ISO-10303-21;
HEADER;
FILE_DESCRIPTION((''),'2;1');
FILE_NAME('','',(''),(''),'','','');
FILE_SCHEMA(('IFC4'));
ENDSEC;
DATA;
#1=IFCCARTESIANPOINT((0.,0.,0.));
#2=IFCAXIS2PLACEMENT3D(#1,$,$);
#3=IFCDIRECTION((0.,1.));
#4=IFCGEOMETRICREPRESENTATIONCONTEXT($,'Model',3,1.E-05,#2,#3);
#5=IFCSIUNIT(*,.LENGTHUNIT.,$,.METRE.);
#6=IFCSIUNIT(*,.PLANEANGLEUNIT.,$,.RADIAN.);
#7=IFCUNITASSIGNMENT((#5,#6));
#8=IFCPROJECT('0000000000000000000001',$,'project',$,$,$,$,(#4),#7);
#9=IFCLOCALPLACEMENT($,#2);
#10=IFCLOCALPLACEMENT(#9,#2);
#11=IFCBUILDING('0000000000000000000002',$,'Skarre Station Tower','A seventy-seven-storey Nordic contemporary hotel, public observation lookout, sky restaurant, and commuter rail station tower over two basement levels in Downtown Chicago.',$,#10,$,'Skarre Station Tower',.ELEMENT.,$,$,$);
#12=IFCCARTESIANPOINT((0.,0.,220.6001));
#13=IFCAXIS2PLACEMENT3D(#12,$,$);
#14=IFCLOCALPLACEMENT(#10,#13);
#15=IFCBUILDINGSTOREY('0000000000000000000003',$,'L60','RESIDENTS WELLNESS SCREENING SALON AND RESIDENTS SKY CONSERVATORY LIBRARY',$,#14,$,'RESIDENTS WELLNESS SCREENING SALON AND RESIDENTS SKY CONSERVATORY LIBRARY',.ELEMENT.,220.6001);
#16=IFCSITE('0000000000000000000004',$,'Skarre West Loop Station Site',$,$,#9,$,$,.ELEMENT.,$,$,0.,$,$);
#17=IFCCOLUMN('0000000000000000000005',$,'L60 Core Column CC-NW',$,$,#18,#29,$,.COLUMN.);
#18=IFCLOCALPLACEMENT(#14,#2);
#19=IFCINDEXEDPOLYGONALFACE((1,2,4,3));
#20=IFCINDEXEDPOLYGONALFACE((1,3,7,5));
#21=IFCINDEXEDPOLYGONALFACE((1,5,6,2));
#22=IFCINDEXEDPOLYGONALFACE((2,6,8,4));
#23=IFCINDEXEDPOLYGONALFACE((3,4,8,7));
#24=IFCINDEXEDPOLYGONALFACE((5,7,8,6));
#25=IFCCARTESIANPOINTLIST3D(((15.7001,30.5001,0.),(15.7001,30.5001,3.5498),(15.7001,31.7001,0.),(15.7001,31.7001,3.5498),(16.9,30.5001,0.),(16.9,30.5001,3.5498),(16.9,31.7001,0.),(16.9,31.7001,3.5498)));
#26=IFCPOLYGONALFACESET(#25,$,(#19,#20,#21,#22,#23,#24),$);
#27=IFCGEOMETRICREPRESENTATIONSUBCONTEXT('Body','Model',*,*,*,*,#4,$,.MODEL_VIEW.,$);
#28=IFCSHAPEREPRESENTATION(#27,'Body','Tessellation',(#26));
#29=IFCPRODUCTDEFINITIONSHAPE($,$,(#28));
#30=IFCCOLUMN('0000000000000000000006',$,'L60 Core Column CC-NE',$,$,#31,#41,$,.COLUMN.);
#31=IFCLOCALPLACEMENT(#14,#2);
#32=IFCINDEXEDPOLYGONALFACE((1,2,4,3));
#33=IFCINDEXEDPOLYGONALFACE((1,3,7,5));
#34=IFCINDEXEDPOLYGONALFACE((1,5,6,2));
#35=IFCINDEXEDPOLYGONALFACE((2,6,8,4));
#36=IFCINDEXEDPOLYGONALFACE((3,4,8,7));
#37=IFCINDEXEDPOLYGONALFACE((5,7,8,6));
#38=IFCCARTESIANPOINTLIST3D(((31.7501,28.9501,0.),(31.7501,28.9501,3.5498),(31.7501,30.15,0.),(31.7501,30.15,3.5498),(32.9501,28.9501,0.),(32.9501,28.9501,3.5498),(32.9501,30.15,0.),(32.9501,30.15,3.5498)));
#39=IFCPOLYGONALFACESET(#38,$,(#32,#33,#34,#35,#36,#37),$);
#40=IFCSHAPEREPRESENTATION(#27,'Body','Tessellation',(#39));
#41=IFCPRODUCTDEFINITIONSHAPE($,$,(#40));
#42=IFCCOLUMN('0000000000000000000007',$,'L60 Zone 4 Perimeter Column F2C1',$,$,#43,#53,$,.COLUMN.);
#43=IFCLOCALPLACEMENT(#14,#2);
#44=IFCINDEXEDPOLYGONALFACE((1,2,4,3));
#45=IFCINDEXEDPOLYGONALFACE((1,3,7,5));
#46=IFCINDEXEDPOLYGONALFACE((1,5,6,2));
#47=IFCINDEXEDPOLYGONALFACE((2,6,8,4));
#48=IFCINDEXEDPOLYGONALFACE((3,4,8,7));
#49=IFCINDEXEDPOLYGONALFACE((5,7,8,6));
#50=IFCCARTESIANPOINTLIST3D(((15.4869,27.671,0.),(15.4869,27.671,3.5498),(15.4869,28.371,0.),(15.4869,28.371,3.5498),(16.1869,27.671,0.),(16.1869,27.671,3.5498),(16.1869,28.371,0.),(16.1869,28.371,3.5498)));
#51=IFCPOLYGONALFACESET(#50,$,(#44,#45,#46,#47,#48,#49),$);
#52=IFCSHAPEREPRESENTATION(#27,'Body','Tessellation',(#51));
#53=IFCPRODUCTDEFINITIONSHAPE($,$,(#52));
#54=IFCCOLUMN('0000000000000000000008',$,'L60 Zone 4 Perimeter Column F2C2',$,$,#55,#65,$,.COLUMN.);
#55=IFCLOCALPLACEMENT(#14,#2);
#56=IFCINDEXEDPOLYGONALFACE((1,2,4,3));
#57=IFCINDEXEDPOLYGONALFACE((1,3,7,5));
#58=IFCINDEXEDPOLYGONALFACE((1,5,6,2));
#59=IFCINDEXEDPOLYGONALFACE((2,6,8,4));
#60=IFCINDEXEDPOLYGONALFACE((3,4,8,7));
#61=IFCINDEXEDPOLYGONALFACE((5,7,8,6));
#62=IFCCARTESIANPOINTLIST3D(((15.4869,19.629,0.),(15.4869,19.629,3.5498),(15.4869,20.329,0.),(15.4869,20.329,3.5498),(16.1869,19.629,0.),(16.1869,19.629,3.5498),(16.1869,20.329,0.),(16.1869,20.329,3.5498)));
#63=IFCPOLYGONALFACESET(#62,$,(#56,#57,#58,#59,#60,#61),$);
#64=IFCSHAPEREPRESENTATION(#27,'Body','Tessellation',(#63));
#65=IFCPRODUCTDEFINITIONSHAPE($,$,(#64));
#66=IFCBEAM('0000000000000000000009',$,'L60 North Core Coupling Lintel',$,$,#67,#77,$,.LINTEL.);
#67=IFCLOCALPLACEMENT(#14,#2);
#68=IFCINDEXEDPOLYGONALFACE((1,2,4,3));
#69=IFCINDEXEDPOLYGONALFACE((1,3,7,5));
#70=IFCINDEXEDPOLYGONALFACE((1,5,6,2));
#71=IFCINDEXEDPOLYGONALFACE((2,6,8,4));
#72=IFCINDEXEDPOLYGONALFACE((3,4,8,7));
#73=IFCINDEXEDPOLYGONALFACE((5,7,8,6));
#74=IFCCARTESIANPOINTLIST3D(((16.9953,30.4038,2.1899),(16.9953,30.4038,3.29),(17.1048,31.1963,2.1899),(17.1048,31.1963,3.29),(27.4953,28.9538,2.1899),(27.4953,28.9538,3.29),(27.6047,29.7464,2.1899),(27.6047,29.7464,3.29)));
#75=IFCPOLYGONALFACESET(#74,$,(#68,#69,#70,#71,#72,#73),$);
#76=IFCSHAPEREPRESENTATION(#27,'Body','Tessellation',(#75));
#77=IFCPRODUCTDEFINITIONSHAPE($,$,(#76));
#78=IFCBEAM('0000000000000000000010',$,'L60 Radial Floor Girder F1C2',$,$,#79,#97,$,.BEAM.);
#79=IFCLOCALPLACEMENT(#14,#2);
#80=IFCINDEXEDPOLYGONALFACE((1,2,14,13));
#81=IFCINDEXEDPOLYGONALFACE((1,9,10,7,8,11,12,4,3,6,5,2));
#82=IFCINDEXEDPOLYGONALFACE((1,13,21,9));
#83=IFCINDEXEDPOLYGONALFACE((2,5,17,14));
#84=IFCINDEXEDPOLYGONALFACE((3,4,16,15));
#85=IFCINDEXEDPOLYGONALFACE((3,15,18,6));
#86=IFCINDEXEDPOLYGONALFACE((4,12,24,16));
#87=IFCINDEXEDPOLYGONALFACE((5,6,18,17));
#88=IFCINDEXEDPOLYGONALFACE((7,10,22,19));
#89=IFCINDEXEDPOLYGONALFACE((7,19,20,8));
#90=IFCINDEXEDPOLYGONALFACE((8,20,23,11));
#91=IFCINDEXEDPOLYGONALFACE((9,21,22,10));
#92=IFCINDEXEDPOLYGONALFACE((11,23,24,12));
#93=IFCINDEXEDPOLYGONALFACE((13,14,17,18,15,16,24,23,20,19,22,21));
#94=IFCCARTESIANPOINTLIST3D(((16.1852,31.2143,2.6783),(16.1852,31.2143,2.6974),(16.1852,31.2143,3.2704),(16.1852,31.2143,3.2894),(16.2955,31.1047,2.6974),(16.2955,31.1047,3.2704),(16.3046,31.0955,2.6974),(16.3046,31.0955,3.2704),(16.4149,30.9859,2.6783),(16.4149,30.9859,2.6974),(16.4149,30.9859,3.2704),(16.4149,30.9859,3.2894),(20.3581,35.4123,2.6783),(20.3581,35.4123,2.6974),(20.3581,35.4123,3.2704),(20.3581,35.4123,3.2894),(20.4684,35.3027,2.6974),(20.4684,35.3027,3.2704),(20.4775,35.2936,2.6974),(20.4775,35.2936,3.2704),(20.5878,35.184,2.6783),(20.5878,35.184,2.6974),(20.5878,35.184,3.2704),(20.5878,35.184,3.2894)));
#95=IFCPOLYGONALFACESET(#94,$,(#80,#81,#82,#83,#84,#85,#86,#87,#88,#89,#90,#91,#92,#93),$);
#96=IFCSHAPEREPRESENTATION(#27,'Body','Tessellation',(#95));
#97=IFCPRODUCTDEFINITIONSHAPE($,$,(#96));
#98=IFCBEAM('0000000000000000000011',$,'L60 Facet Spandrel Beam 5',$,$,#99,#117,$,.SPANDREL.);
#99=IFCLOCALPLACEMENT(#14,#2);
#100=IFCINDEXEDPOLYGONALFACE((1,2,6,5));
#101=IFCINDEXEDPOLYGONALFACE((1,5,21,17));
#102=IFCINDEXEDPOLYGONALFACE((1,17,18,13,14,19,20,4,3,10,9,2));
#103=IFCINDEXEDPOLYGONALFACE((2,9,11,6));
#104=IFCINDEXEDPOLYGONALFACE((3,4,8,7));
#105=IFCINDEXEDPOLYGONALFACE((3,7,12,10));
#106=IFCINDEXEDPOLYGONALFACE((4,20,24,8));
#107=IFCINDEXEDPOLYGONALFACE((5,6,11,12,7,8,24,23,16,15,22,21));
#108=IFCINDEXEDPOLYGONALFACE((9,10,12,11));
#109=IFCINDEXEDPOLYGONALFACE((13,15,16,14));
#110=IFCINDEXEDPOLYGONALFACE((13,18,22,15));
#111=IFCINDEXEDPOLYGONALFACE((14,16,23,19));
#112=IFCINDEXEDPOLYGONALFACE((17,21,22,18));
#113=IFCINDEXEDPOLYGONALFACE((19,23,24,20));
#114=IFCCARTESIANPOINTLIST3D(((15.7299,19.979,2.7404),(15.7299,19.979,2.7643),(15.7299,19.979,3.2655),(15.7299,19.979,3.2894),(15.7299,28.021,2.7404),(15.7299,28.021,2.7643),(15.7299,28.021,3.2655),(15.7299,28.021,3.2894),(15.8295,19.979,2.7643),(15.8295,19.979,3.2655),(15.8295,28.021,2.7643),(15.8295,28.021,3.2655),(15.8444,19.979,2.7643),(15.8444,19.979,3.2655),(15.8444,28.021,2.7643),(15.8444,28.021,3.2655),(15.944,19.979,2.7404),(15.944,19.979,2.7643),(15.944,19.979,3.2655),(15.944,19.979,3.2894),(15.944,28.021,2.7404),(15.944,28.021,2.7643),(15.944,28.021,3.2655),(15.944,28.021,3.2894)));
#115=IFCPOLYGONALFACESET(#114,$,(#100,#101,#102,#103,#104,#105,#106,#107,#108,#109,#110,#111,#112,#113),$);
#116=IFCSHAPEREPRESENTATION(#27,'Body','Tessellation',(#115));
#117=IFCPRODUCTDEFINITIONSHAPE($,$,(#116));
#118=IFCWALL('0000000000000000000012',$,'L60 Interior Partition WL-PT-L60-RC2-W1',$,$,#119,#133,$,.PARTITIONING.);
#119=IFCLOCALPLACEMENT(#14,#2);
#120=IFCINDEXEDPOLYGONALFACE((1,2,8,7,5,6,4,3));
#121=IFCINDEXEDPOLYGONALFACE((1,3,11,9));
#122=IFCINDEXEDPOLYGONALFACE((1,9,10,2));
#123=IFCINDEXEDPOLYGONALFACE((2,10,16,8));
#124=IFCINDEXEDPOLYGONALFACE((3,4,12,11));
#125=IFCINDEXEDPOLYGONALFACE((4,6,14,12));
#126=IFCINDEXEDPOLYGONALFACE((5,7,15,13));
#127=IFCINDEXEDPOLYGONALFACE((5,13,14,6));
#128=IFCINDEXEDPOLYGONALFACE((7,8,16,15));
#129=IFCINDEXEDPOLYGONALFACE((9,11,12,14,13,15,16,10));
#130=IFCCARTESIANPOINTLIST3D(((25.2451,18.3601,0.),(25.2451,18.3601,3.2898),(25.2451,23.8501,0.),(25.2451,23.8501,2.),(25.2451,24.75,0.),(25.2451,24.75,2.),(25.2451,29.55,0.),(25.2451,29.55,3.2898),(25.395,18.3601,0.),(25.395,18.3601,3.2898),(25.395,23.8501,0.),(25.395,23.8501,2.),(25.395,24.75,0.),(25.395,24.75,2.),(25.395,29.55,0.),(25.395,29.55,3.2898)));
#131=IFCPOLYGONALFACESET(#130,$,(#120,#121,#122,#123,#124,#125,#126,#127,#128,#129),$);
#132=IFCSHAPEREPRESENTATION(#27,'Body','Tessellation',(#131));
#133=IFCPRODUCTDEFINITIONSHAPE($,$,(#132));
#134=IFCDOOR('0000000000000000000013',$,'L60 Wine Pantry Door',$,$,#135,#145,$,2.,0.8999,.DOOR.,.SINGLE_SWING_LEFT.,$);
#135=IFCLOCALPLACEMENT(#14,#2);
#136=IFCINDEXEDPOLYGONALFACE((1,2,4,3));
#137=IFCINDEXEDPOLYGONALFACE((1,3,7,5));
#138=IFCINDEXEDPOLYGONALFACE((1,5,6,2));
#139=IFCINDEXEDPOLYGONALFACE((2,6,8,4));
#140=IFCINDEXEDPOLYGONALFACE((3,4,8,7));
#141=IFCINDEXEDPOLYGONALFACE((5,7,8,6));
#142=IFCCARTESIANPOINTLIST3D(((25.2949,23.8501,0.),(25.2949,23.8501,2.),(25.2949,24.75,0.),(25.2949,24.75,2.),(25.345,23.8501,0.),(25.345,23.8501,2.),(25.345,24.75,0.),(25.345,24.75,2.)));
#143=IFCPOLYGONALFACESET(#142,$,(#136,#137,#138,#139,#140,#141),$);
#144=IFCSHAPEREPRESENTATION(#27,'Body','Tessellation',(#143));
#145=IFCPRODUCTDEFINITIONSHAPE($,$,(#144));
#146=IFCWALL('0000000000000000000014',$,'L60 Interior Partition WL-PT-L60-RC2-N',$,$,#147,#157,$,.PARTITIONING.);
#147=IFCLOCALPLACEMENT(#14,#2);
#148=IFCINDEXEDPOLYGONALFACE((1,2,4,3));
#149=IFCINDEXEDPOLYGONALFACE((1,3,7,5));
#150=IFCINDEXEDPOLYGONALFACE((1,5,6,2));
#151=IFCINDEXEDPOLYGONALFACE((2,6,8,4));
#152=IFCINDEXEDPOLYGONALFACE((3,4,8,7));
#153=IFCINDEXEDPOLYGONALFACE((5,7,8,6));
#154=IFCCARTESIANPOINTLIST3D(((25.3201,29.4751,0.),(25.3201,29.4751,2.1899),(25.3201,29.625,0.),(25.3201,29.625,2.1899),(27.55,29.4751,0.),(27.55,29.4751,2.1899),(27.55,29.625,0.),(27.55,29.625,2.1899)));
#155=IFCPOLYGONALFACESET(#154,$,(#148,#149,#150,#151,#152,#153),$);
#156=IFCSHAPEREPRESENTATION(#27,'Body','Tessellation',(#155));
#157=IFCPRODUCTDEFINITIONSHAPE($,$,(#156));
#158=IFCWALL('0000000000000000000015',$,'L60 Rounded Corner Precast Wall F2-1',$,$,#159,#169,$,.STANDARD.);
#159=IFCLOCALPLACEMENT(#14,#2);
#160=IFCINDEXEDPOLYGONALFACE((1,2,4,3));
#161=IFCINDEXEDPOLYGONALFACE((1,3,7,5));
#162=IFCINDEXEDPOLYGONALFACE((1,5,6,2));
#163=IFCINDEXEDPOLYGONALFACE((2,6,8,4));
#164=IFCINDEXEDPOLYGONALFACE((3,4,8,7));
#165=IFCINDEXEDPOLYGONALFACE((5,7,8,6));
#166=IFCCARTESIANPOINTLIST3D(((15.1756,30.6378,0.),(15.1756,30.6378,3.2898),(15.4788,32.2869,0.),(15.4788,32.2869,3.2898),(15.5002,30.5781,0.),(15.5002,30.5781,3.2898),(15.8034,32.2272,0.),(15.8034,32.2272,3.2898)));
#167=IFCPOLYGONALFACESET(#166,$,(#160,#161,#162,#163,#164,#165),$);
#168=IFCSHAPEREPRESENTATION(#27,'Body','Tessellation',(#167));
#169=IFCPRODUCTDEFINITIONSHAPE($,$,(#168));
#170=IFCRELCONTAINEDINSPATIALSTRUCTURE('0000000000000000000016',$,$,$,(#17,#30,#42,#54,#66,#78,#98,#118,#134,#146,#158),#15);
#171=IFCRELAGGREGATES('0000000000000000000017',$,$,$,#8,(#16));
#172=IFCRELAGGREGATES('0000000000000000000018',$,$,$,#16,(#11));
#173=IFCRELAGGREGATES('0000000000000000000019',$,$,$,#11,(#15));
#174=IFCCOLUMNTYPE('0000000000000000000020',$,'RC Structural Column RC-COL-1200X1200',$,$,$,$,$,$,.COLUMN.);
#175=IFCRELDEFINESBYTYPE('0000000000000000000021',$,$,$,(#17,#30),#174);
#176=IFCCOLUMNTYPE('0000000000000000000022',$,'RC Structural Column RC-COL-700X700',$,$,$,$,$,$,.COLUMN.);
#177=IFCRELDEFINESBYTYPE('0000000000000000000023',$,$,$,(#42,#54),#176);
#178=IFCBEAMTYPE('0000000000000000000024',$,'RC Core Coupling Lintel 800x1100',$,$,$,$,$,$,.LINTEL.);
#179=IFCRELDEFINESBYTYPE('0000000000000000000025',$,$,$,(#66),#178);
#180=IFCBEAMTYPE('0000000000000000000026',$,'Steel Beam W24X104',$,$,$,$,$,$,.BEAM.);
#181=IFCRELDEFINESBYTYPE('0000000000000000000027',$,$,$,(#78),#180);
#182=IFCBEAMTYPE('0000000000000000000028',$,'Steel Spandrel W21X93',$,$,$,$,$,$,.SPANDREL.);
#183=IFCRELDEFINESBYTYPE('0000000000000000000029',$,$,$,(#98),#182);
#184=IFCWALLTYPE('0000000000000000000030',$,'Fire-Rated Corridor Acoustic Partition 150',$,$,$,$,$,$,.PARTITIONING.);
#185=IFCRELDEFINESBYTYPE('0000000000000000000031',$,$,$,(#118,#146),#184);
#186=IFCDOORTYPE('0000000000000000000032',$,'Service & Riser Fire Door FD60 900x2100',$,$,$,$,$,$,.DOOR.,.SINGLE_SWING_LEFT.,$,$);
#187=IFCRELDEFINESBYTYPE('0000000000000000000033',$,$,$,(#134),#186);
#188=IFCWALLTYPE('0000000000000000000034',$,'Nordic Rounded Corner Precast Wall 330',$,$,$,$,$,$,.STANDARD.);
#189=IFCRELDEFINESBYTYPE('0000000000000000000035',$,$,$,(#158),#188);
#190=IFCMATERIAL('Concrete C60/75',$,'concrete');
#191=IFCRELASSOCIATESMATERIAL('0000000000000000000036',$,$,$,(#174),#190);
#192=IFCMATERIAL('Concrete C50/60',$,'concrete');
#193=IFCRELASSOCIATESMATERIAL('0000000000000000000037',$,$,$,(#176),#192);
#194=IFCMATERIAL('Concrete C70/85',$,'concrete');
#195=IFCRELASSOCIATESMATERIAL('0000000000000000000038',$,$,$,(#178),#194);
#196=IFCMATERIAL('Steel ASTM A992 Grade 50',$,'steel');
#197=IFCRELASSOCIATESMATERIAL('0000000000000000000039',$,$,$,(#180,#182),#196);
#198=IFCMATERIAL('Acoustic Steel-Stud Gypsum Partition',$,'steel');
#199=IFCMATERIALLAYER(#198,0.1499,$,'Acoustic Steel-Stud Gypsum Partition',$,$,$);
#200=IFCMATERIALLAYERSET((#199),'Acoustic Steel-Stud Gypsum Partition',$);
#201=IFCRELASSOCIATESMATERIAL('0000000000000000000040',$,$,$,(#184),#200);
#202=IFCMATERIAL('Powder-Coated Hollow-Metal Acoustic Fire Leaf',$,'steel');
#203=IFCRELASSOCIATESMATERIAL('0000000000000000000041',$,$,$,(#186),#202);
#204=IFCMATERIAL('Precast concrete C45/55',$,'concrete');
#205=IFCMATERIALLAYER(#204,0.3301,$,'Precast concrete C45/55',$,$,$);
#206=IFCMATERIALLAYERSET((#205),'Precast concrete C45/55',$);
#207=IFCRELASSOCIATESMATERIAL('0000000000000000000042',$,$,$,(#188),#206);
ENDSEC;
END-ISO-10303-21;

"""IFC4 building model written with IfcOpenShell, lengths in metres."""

from ifc_helpers import new_model, si_unit, direction, frame, frame_2d, origin, origin_2d, place, context, subcontext, project, spatial, rectangle, i_section, extrude, material, layer, layer_set, material_profile, profile_set, type_object, element, fill, save


model = new_model("IFC4")

# Units and contexts
model_context = context("Model", 3, precision=1e-05, world=origin(), true_north=direction((0.0, 1.0)))
body_context = subcontext(model_context, "Body", "Model", "MODEL_VIEW")
ifc_project = project(units=[si_unit("LENGTHUNIT", "METRE"), si_unit("PLANEANGLEUNIT", "RADIAN")], contexts=[model_context])

# Site, building, storey
site_placement = place(None, origin())
site = spatial("IfcSite", under=ifc_project, at=site_placement, Name="Skarre West Loop Station Site", CompositionType="ELEMENT", RefElevation=0.0)
building_placement = place(site_placement, origin())
building = spatial("IfcBuilding", under=site, at=building_placement, Name="Skarre Station Tower", Description="A seventy-seven-storey Nordic contemporary hotel, public observation lookout, sky restaurant, and commuter rail station tower over two basement levels in Downtown Chicago.", LongName="Skarre Station Tower", CompositionType="ELEMENT")
storey_placement = place(building_placement, frame((0.0, 0.0, 220.6001)))
storey = spatial("IfcBuildingStorey", under=building, at=storey_placement, Name="L60", Description="RESIDENTS WELLNESS SCREENING SALON AND RESIDENTS SKY CONSERVATORY LIBRARY", LongName="RESIDENTS WELLNESS SCREENING SALON AND RESIDENTS SKY CONSERVATORY LIBRARY", CompositionType="ELEMENT", Elevation=220.6001)

# Columns
ifc_material_1 = material(Name="Concrete C60/75", Category="concrete")
ifc_material_profile_1 = material_profile(ifc_material_1, rectangle(XDim=1.2, YDim=1.2, at=origin_2d()), Name="Concrete C60/75")
ifc_profile_set_1 = profile_set([ifc_material_profile_1], Name="Concrete C60/75")
column_type_1 = type_object("IfcColumnType", Name="RC Structural Column RC-COL-1200X1200", PredefinedType="COLUMN", material=ifc_profile_set_1)
for number, where, z_axis, x_axis, name in (
    (1, (16.3, 31.1001, 0.0), (0.0, 0.0, 1.0), (1.0, 0.0, 0.0), "L60 Core Column CC-NW"),
    (2, (32.3501, 29.55, 0.0), (0.0, 0.0, 1.0), (1.0, 0.0, 0.0), "L60 Core Column CC-NE"),
):
    element("IfcColumn", number, at=place(storey_placement, frame(where, z_axis=z_axis, x_axis=x_axis)), inside=storey, type_object=column_type_1, Name=name, PredefinedType="COLUMN", context=body_context, shape_type="SweptSolid", body=[
        extrude(rectangle(XDim=1.2, YDim=1.2, at=origin_2d()), origin(), (0.0, 0.0, 1.0), 3.5498),
    ])
ifc_material_2 = material(Name="Concrete C50/60", Category="concrete")
ifc_material_profile_2 = material_profile(ifc_material_2, rectangle(XDim=0.7, YDim=0.7, at=origin_2d()), Name="Concrete C50/60")
ifc_profile_set_2 = profile_set([ifc_material_profile_2], Name="Concrete C50/60")
column_type_2 = type_object("IfcColumnType", Name="RC Structural Column RC-COL-700X700", PredefinedType="COLUMN", material=ifc_profile_set_2)
for number, where, z_axis, x_axis, name in (
    (3, (15.8369, 28.021, 0.0), (0.0, 0.0, 1.0), (1.0, 0.0, 0.0), "L60 Zone 4 Perimeter Column F2C1"),
    (4, (15.8369, 19.979, 0.0), (0.0, 0.0, 1.0), (1.0, 0.0, 0.0), "L60 Zone 4 Perimeter Column F2C2"),
):
    element("IfcColumn", number, at=place(storey_placement, frame(where, z_axis=z_axis, x_axis=x_axis)), inside=storey, type_object=column_type_2, Name=name, PredefinedType="COLUMN", context=body_context, shape_type="SweptSolid", body=[
        extrude(rectangle(XDim=0.7, YDim=0.7, at=origin_2d()), origin(), (0.0, 0.0, 1.0), 3.5498),
    ])

# Beams
ifc_material_3 = material(Name="Concrete C70/85", Category="concrete")
ifc_material_profile_3 = material_profile(ifc_material_3, rectangle(XDim=0.8, YDim=1.1001, at=origin_2d()), Name="Concrete C70/85")
ifc_profile_set_3 = profile_set([ifc_material_profile_3], Name="Concrete C70/85")
beam_type_1 = type_object("IfcBeamType", Name="RC Core Coupling Lintel 800x1100", PredefinedType="LINTEL", material=ifc_profile_set_3)
beam_1_placement = place(storey_placement, frame((17.05, 30.8, 2.74), z_axis=(0.9906, -0.136792, 0.0), x_axis=(0.136792, 0.9906, 0.0)))
element("IfcBeam", 5, at=beam_1_placement, inside=storey, type_object=beam_type_1, Name="L60 North Core Coupling Lintel", PredefinedType="LINTEL", context=body_context, shape_type="SweptSolid", body=[
    extrude(rectangle(XDim=0.8, YDim=1.1001, at=origin_2d()), origin(), (0.0, 0.0, 1.0), 10.5996),
])
ifc_material_4 = material(Name="Steel ASTM A992 Grade 50", Category="steel")
ifc_material_profile_4 = material_profile(ifc_material_4, i_section(OverallWidth=0.324, OverallDepth=0.6111, WebThickness=0.0129, FlangeThickness=0.019, at=origin_2d()), Name="Steel ASTM A992 Grade 50")
ifc_profile_set_4 = profile_set([ifc_material_profile_4], Name="Steel ASTM A992 Grade 50")
beam_type_2 = type_object("IfcBeamType", Name="Steel Beam W24X104", PredefinedType="BEAM", material=ifc_profile_set_4)
beam_2_placement = place(storey_placement, frame((16.3, 31.1001, 2.9839), z_axis=(0.704979, 0.709228, 0.0), x_axis=(-0.709228, 0.704979, 0.0)))
element("IfcBeam", 6, at=beam_2_placement, inside=storey, type_object=beam_type_2, Name="L60 Radial Floor Girder F1C2", PredefinedType="BEAM", context=body_context, shape_type="SweptSolid", body=[
    extrude(i_section(OverallWidth=0.324, OverallDepth=0.6111, WebThickness=0.0129, FlangeThickness=0.019, at=origin_2d()), origin(), (0.0, 0.0, 1.0), 5.9192),
])
ifc_material_profile_5 = material_profile(ifc_material_4, i_section(OverallWidth=0.2141, OverallDepth=0.5491, WebThickness=0.0149, FlangeThickness=0.0239, at=origin_2d()), Name="Steel ASTM A992 Grade 50")
ifc_profile_set_5 = profile_set([ifc_material_profile_5], Name="Steel ASTM A992 Grade 50")
beam_type_3 = type_object("IfcBeamType", Name="Steel Spandrel W21X93", PredefinedType="SPANDREL", material=ifc_profile_set_5)
beam_3_placement = place(storey_placement, frame((15.8369, 28.021, 3.0149), z_axis=(0.0, -1.0, 0.0), x_axis=(1.0, 0.0, 0.0)))
element("IfcBeam", 7, at=beam_3_placement, inside=storey, type_object=beam_type_3, Name="L60 Facet Spandrel Beam 5", PredefinedType="SPANDREL", context=body_context, shape_type="SweptSolid", body=[
    extrude(i_section(OverallWidth=0.2141, OverallDepth=0.5491, WebThickness=0.0149, FlangeThickness=0.0239, at=origin_2d()), origin(), (0.0, 0.0, 1.0), 8.042),
])

# Wall, opening, door
ifc_material_5 = material(Name="Acoustic Steel-Stud Gypsum Partition", Category="steel")
ifc_layer_1 = layer(ifc_material_5, 0.1499, Name="Acoustic Steel-Stud Gypsum Partition")
ifc_layer_set_1 = layer_set([ifc_layer_1], Name="Acoustic Steel-Stud Gypsum Partition")
wall_type_1 = type_object("IfcWallType", Name="Fire-Rated Corridor Acoustic Partition 150", PredefinedType="PARTITIONING", material=ifc_layer_set_1)
wall_1_placement = place(storey_placement, frame((25.3201, 29.55, 0.0), z_axis=(0.0, 0.0, 1.0), x_axis=(0.0, -1.0, 0.0)))
wall_1 = element("IfcWall", 8, at=wall_1_placement, inside=storey, type_object=wall_type_1, Name="L60 Interior Partition WL-PT-L60-RC2-W1", PredefinedType="PARTITIONING", context=body_context, shape_type="SweptSolid", body=[
    extrude(rectangle(XDim=11.1899, YDim=0.1499, at=frame_2d((5.595, 0.0))), origin(), (0.0, 0.0, 1.0), 3.2898),
])
opening_1_placement = place(wall_1_placement, frame((4.8, 0.0, 0.0)))
opening_1 = element("IfcOpeningElement", 9, at=opening_1_placement, cuts=wall_1, PredefinedType="OPENING", context=body_context, shape_type="SweptSolid", body=[
    extrude(rectangle(XDim=0.8999, YDim=2.0, at=frame_2d((0.45, 1.0))), frame((0.0, 0.085, 0.0), z_axis=(0.0, -1.0, 0.0), x_axis=(1.0, 0.0, 0.0)), (0.0, 0.0, 1.0), 0.1699),
])
ifc_material_6 = material(Name="Powder-Coated Hollow-Metal Acoustic Fire Leaf", Category="steel")
door_type_1 = type_object("IfcDoorType", Name="Service & Riser Fire Door FD60 900x2100", OperationType="SINGLE_SWING_LEFT", PredefinedType="DOOR", material=ifc_material_6)
door_1_placement = place(opening_1_placement, origin())
door_1 = element("IfcDoor", 10, at=door_1_placement, inside=storey, type_object=door_type_1, Name="L60 Wine Pantry Door", OperationType="SINGLE_SWING_LEFT", OverallHeight=2.0, OverallWidth=0.8999, PredefinedType="DOOR", context=body_context, shape_type="SweptSolid", body=[
    extrude(rectangle(XDim=0.8999, YDim=2.0, at=frame_2d((0.45, 1.0))), frame((0.0, 0.0249, 0.0), z_axis=(0.0, -1.0, 0.0), x_axis=(1.0, 0.0, 0.0)), (0.0, 0.0, 1.0), 0.05),
])
fill(opening_1, door_1)

# Walls
wall_2_placement = place(storey_placement, frame((27.55, 29.55, 0.0), z_axis=(0.0, 0.0, 1.0), x_axis=(-1.0, 0.0, 0.0)))
element("IfcWall", 11, at=wall_2_placement, inside=storey, type_object=wall_type_1, Name="L60 Interior Partition WL-PT-L60-RC2-N", PredefinedType="PARTITIONING", context=body_context, shape_type="SweptSolid", body=[
    extrude(rectangle(XDim=2.23, YDim=0.1499, at=frame_2d((1.115, 0.0))), origin(), (0.0, 0.0, 1.0), 2.1899),
])
ifc_material_7 = material(Name="Precast concrete C45/55", Category="concrete")
ifc_layer_2 = layer(ifc_material_7, 0.3301, Name="Precast concrete C45/55")
ifc_layer_set_2 = layer_set([ifc_layer_2], Name="Precast concrete C45/55")
wall_type_2 = type_object("IfcWallType", Name="Nordic Rounded Corner Precast Wall 330", PredefinedType="STANDARD", material=ifc_layer_set_2)
wall_3_placement = place(storey_placement, frame((15.3379, 30.6079, 0.0), z_axis=(0.0, 0.0, 1.0), x_axis=(0.180833, 0.983514, 0.0)))
element("IfcWall", 12, at=wall_3_placement, inside=storey, type_object=wall_type_2, Name="L60 Rounded Corner Precast Wall F2-1", PredefinedType="STANDARD", context=body_context, shape_type="SweptSolid", body=[
    extrude(rectangle(XDim=1.6768, YDim=0.3301, at=frame_2d((0.8384, 0.0))), origin(), (0.0, 0.0, 1.0), 3.2898),
])

save(model, "model.ifc")
